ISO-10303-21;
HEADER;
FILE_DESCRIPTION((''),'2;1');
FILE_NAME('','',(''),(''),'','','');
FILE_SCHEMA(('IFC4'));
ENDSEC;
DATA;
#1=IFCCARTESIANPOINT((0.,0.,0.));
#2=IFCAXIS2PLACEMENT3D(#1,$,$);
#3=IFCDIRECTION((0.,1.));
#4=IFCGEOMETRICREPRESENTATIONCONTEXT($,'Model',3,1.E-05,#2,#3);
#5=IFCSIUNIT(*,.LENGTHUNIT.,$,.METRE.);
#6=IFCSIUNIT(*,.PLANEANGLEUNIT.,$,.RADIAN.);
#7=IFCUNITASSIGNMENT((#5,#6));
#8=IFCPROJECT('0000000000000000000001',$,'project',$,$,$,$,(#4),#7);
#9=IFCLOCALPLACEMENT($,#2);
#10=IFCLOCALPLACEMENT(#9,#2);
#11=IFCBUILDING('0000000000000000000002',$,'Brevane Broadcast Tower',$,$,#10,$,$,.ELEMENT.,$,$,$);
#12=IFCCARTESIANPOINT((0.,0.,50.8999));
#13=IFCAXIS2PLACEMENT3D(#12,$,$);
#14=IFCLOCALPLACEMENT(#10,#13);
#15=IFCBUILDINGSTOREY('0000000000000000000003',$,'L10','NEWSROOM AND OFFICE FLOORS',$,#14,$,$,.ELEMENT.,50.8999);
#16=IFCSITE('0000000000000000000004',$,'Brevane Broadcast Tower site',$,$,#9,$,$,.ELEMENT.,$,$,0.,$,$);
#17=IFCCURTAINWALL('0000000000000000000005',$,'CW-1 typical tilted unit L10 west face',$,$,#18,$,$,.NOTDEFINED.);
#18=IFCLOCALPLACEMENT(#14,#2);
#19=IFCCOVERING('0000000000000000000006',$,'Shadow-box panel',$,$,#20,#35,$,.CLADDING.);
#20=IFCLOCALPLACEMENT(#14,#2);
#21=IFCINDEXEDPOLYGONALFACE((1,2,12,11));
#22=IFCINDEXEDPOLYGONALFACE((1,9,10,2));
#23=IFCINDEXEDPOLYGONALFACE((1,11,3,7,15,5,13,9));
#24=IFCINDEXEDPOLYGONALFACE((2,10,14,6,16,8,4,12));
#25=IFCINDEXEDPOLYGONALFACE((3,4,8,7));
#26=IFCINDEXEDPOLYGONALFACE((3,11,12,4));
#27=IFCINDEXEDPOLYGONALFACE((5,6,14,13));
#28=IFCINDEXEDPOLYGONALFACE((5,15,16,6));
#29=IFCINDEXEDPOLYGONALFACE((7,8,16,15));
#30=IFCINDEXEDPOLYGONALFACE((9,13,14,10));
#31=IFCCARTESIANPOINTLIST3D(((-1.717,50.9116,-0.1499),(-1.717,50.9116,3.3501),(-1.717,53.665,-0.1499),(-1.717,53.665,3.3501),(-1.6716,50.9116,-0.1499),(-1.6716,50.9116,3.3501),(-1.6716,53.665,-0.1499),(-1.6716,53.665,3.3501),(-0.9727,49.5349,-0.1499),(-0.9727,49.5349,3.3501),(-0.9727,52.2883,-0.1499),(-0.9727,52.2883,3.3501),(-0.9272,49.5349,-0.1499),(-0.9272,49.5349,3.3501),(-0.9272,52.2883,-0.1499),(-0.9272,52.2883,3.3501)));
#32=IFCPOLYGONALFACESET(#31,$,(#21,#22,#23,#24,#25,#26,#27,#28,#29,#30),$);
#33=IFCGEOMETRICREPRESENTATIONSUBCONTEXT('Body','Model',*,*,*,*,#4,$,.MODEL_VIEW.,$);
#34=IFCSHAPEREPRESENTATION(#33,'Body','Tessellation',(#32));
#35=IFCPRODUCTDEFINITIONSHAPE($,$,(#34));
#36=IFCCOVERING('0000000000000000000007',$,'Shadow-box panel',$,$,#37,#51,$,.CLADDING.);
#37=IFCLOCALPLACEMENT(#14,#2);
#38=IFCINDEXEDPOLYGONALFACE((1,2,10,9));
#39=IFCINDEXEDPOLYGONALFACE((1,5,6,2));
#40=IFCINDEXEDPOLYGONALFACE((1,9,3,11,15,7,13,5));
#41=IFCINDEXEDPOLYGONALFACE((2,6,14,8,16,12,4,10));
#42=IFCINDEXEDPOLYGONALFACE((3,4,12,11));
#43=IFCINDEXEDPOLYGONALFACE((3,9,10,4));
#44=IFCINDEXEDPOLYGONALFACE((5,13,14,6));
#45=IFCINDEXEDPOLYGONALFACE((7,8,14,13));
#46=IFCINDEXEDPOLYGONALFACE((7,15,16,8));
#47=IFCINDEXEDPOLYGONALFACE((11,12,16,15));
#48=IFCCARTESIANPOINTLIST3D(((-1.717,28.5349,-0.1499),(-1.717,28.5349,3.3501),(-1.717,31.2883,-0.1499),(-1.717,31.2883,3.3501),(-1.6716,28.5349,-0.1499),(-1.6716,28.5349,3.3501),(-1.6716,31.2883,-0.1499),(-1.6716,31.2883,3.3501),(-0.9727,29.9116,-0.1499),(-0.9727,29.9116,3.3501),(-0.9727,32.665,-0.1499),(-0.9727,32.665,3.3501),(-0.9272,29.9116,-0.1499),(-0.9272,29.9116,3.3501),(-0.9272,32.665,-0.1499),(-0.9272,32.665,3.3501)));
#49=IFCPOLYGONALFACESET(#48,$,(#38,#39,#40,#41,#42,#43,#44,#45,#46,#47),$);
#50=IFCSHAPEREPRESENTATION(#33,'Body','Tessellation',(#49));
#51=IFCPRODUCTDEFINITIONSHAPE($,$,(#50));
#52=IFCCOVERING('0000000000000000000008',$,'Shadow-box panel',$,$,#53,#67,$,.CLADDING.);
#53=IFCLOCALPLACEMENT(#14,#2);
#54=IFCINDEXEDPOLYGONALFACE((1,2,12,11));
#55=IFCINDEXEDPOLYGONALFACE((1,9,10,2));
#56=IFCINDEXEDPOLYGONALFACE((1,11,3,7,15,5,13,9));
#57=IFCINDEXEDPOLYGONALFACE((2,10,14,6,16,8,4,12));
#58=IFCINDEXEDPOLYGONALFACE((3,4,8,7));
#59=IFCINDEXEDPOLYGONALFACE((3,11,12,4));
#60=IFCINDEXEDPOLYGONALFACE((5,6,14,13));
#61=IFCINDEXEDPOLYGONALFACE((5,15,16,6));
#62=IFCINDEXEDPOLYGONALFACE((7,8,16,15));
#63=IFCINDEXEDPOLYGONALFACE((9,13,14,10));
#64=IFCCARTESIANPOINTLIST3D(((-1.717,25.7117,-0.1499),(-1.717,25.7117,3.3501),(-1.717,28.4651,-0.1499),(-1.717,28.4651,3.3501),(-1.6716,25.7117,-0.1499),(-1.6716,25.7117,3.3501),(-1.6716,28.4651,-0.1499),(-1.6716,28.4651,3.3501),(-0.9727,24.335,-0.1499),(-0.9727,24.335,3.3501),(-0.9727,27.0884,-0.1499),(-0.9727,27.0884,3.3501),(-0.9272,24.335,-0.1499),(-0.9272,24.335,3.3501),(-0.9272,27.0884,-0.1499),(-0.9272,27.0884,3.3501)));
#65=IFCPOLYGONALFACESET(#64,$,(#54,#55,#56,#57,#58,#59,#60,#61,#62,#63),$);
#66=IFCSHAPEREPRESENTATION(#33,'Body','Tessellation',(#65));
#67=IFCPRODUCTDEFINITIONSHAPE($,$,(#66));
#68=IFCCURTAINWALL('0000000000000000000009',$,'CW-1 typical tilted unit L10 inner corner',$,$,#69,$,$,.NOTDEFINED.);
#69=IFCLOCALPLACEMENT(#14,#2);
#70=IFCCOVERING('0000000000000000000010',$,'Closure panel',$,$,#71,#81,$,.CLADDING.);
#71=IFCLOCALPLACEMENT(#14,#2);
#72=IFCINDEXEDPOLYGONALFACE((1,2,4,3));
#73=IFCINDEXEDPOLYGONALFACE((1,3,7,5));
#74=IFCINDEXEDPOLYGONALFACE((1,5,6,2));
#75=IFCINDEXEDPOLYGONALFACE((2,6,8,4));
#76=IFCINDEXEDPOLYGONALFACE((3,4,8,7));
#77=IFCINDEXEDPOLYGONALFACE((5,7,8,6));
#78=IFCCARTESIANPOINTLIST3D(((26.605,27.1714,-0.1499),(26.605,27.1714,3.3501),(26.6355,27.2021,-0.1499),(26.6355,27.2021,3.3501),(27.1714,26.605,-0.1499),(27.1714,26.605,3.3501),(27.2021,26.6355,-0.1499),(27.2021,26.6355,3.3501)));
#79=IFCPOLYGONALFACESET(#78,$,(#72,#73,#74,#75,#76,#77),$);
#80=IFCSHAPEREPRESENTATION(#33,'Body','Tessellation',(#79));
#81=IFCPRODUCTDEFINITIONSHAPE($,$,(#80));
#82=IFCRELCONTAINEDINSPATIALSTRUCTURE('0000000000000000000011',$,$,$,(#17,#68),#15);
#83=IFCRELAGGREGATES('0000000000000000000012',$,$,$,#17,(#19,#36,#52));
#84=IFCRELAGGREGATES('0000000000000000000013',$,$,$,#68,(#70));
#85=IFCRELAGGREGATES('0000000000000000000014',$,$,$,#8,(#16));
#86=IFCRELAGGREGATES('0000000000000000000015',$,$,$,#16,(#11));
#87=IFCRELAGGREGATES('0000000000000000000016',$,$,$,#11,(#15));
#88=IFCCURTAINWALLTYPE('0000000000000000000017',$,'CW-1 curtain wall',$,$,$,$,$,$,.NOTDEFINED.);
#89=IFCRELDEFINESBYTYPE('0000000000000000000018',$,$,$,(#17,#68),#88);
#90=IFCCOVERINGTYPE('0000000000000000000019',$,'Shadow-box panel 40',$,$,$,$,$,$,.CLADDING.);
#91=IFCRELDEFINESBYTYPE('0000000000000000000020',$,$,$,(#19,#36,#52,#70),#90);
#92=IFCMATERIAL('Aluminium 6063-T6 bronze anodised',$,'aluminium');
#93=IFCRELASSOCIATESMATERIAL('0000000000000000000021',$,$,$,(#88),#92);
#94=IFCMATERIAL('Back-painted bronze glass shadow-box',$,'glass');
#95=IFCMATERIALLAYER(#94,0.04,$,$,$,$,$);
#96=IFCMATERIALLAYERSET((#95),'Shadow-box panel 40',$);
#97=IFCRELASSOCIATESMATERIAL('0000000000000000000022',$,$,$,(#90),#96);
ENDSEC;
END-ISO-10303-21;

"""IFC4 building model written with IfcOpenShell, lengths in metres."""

from ifc_helpers import new_model, si_unit, direction, frame, origin, place, context, subcontext, project, spatial, polyline, outline, extrude, material, layer, layer_set, type_object, element, aggregate, save


model = new_model("IFC4")

# Units and contexts
model_context = context("Model", 3, precision=1e-05, world=origin(), true_north=direction((0.0, 1.0)))
body_context = subcontext(model_context, "Body", "Model", "MODEL_VIEW")
ifc_project = project(units=[si_unit("LENGTHUNIT", "METRE"), si_unit("PLANEANGLEUNIT", "RADIAN")], contexts=[model_context])

# Site, building, storey
site_placement = place(None, origin())
site = spatial("IfcSite", under=ifc_project, at=site_placement, Name="Brevane Broadcast Tower site", CompositionType="ELEMENT", RefElevation=0.0)
building_placement = place(site_placement, origin())
building = spatial("IfcBuilding", under=site, at=building_placement, Name="Brevane Broadcast Tower", CompositionType="ELEMENT")
storey_placement = place(building_placement, frame((0.0, 0.0, 50.8999)))
storey = spatial("IfcBuildingStorey", under=building, at=storey_placement, Name="L10", Description="NEWSROOM AND OFFICE FLOORS", CompositionType="ELEMENT", Elevation=50.8999)

# Curtain wall
ifc_material_1 = material(Name="Aluminium 6063-T6 bronze anodised", Category="aluminium")
curtain_wall_type = type_object("IfcCurtainWallType", Name="CW-1 curtain wall", PredefinedType="NOTDEFINED", material=ifc_material_1)
curtain_wall_1_placement = place(storey_placement, origin())
curtain_wall_1 = element("IfcCurtainWall", 1, at=curtain_wall_1_placement, inside=storey, type_object=curtain_wall_type, Name="CW-1 typical tilted unit L10 west face", PredefinedType="NOTDEFINED")

# Coverings
ifc_material_2 = material(Name="Back-painted bronze glass shadow-box", Category="glass")
ifc_layer_1 = layer(ifc_material_2, 0.04)
ifc_layer_set_1 = layer_set([ifc_layer_1], Name="Shadow-box panel 40")
covering_type = type_object("IfcCoveringType", Name="Shadow-box panel 40", PredefinedType="CLADDING", material=ifc_layer_set_1)
covering_1_placement = place(storey_placement, frame((0.0, 0.0, -0.1499)))
covering_1 = element("IfcCovering", 2, at=covering_1_placement, type_object=covering_type, Name="Shadow-box panel", PredefinedType="CLADDING", context=body_context, shape_type="SweptSolid", body=[
    extrude(outline(polyline([(-1.6716, 53.665), (-1.717, 53.665), (-0.9727, 52.2883), (-1.717, 50.9116), (-0.9727, 49.5349), (-0.9272, 49.5349), (-1.6716, 50.9116), (-0.9272, 52.2883), (-1.6716, 53.665)])), origin(), (0.0, 0.0, 1.0), 3.5),
])
covering_2_placement = place(storey_placement, frame((0.0, 0.0, -0.1499)))
covering_2 = element("IfcCovering", 3, at=covering_2_placement, type_object=covering_type, Name="Shadow-box panel", PredefinedType="CLADDING", context=body_context, shape_type="SweptSolid", body=[
    extrude(outline(polyline([(-0.9272, 32.665), (-0.9727, 32.665), (-1.717, 31.2883), (-0.9727, 29.9116), (-1.717, 28.5349), (-1.6716, 28.5349), (-0.9272, 29.9116), (-1.6716, 31.2883), (-0.9272, 32.665)])), origin(), (0.0, 0.0, 1.0), 3.5),
])
covering_3_placement = place(storey_placement, frame((0.0, 0.0, -0.1499)))
covering_3 = element("IfcCovering", 4, at=covering_3_placement, type_object=covering_type, Name="Shadow-box panel", PredefinedType="CLADDING", context=body_context, shape_type="SweptSolid", body=[
    extrude(outline(polyline([(-1.6716, 28.4651), (-1.717, 28.4651), (-0.9727, 27.0884), (-1.717, 25.7117), (-0.9727, 24.335), (-0.9272, 24.335), (-1.6716, 25.7117), (-0.9272, 27.0884), (-1.6716, 28.4651)])), origin(), (0.0, 0.0, 1.0), 3.5),
])
aggregate(curtain_wall_1, [covering_1, covering_2, covering_3])

# Curtain wall, covering
curtain_wall_2_placement = place(storey_placement, origin())
curtain_wall_2 = element("IfcCurtainWall", 5, at=curtain_wall_2_placement, inside=storey, type_object=curtain_wall_type, Name="CW-1 typical tilted unit L10 inner corner", PredefinedType="NOTDEFINED")
covering_4_placement = place(storey_placement, frame((0.0, 0.0, -0.1499)))
covering_4 = element("IfcCovering", 6, at=covering_4_placement, type_object=covering_type, Name="Closure panel", PredefinedType="CLADDING", context=body_context, shape_type="SweptSolid", body=[
    extrude(outline(polyline([(27.1714, 26.605), (27.2021, 26.6355), (26.6355, 27.2021), (26.605, 27.1714), (27.1714, 26.605)])), origin(), (0.0, 0.0, 1.0), 3.5),
])
aggregate(curtain_wall_2, [covering_4])

save(model, "model.ifc")
